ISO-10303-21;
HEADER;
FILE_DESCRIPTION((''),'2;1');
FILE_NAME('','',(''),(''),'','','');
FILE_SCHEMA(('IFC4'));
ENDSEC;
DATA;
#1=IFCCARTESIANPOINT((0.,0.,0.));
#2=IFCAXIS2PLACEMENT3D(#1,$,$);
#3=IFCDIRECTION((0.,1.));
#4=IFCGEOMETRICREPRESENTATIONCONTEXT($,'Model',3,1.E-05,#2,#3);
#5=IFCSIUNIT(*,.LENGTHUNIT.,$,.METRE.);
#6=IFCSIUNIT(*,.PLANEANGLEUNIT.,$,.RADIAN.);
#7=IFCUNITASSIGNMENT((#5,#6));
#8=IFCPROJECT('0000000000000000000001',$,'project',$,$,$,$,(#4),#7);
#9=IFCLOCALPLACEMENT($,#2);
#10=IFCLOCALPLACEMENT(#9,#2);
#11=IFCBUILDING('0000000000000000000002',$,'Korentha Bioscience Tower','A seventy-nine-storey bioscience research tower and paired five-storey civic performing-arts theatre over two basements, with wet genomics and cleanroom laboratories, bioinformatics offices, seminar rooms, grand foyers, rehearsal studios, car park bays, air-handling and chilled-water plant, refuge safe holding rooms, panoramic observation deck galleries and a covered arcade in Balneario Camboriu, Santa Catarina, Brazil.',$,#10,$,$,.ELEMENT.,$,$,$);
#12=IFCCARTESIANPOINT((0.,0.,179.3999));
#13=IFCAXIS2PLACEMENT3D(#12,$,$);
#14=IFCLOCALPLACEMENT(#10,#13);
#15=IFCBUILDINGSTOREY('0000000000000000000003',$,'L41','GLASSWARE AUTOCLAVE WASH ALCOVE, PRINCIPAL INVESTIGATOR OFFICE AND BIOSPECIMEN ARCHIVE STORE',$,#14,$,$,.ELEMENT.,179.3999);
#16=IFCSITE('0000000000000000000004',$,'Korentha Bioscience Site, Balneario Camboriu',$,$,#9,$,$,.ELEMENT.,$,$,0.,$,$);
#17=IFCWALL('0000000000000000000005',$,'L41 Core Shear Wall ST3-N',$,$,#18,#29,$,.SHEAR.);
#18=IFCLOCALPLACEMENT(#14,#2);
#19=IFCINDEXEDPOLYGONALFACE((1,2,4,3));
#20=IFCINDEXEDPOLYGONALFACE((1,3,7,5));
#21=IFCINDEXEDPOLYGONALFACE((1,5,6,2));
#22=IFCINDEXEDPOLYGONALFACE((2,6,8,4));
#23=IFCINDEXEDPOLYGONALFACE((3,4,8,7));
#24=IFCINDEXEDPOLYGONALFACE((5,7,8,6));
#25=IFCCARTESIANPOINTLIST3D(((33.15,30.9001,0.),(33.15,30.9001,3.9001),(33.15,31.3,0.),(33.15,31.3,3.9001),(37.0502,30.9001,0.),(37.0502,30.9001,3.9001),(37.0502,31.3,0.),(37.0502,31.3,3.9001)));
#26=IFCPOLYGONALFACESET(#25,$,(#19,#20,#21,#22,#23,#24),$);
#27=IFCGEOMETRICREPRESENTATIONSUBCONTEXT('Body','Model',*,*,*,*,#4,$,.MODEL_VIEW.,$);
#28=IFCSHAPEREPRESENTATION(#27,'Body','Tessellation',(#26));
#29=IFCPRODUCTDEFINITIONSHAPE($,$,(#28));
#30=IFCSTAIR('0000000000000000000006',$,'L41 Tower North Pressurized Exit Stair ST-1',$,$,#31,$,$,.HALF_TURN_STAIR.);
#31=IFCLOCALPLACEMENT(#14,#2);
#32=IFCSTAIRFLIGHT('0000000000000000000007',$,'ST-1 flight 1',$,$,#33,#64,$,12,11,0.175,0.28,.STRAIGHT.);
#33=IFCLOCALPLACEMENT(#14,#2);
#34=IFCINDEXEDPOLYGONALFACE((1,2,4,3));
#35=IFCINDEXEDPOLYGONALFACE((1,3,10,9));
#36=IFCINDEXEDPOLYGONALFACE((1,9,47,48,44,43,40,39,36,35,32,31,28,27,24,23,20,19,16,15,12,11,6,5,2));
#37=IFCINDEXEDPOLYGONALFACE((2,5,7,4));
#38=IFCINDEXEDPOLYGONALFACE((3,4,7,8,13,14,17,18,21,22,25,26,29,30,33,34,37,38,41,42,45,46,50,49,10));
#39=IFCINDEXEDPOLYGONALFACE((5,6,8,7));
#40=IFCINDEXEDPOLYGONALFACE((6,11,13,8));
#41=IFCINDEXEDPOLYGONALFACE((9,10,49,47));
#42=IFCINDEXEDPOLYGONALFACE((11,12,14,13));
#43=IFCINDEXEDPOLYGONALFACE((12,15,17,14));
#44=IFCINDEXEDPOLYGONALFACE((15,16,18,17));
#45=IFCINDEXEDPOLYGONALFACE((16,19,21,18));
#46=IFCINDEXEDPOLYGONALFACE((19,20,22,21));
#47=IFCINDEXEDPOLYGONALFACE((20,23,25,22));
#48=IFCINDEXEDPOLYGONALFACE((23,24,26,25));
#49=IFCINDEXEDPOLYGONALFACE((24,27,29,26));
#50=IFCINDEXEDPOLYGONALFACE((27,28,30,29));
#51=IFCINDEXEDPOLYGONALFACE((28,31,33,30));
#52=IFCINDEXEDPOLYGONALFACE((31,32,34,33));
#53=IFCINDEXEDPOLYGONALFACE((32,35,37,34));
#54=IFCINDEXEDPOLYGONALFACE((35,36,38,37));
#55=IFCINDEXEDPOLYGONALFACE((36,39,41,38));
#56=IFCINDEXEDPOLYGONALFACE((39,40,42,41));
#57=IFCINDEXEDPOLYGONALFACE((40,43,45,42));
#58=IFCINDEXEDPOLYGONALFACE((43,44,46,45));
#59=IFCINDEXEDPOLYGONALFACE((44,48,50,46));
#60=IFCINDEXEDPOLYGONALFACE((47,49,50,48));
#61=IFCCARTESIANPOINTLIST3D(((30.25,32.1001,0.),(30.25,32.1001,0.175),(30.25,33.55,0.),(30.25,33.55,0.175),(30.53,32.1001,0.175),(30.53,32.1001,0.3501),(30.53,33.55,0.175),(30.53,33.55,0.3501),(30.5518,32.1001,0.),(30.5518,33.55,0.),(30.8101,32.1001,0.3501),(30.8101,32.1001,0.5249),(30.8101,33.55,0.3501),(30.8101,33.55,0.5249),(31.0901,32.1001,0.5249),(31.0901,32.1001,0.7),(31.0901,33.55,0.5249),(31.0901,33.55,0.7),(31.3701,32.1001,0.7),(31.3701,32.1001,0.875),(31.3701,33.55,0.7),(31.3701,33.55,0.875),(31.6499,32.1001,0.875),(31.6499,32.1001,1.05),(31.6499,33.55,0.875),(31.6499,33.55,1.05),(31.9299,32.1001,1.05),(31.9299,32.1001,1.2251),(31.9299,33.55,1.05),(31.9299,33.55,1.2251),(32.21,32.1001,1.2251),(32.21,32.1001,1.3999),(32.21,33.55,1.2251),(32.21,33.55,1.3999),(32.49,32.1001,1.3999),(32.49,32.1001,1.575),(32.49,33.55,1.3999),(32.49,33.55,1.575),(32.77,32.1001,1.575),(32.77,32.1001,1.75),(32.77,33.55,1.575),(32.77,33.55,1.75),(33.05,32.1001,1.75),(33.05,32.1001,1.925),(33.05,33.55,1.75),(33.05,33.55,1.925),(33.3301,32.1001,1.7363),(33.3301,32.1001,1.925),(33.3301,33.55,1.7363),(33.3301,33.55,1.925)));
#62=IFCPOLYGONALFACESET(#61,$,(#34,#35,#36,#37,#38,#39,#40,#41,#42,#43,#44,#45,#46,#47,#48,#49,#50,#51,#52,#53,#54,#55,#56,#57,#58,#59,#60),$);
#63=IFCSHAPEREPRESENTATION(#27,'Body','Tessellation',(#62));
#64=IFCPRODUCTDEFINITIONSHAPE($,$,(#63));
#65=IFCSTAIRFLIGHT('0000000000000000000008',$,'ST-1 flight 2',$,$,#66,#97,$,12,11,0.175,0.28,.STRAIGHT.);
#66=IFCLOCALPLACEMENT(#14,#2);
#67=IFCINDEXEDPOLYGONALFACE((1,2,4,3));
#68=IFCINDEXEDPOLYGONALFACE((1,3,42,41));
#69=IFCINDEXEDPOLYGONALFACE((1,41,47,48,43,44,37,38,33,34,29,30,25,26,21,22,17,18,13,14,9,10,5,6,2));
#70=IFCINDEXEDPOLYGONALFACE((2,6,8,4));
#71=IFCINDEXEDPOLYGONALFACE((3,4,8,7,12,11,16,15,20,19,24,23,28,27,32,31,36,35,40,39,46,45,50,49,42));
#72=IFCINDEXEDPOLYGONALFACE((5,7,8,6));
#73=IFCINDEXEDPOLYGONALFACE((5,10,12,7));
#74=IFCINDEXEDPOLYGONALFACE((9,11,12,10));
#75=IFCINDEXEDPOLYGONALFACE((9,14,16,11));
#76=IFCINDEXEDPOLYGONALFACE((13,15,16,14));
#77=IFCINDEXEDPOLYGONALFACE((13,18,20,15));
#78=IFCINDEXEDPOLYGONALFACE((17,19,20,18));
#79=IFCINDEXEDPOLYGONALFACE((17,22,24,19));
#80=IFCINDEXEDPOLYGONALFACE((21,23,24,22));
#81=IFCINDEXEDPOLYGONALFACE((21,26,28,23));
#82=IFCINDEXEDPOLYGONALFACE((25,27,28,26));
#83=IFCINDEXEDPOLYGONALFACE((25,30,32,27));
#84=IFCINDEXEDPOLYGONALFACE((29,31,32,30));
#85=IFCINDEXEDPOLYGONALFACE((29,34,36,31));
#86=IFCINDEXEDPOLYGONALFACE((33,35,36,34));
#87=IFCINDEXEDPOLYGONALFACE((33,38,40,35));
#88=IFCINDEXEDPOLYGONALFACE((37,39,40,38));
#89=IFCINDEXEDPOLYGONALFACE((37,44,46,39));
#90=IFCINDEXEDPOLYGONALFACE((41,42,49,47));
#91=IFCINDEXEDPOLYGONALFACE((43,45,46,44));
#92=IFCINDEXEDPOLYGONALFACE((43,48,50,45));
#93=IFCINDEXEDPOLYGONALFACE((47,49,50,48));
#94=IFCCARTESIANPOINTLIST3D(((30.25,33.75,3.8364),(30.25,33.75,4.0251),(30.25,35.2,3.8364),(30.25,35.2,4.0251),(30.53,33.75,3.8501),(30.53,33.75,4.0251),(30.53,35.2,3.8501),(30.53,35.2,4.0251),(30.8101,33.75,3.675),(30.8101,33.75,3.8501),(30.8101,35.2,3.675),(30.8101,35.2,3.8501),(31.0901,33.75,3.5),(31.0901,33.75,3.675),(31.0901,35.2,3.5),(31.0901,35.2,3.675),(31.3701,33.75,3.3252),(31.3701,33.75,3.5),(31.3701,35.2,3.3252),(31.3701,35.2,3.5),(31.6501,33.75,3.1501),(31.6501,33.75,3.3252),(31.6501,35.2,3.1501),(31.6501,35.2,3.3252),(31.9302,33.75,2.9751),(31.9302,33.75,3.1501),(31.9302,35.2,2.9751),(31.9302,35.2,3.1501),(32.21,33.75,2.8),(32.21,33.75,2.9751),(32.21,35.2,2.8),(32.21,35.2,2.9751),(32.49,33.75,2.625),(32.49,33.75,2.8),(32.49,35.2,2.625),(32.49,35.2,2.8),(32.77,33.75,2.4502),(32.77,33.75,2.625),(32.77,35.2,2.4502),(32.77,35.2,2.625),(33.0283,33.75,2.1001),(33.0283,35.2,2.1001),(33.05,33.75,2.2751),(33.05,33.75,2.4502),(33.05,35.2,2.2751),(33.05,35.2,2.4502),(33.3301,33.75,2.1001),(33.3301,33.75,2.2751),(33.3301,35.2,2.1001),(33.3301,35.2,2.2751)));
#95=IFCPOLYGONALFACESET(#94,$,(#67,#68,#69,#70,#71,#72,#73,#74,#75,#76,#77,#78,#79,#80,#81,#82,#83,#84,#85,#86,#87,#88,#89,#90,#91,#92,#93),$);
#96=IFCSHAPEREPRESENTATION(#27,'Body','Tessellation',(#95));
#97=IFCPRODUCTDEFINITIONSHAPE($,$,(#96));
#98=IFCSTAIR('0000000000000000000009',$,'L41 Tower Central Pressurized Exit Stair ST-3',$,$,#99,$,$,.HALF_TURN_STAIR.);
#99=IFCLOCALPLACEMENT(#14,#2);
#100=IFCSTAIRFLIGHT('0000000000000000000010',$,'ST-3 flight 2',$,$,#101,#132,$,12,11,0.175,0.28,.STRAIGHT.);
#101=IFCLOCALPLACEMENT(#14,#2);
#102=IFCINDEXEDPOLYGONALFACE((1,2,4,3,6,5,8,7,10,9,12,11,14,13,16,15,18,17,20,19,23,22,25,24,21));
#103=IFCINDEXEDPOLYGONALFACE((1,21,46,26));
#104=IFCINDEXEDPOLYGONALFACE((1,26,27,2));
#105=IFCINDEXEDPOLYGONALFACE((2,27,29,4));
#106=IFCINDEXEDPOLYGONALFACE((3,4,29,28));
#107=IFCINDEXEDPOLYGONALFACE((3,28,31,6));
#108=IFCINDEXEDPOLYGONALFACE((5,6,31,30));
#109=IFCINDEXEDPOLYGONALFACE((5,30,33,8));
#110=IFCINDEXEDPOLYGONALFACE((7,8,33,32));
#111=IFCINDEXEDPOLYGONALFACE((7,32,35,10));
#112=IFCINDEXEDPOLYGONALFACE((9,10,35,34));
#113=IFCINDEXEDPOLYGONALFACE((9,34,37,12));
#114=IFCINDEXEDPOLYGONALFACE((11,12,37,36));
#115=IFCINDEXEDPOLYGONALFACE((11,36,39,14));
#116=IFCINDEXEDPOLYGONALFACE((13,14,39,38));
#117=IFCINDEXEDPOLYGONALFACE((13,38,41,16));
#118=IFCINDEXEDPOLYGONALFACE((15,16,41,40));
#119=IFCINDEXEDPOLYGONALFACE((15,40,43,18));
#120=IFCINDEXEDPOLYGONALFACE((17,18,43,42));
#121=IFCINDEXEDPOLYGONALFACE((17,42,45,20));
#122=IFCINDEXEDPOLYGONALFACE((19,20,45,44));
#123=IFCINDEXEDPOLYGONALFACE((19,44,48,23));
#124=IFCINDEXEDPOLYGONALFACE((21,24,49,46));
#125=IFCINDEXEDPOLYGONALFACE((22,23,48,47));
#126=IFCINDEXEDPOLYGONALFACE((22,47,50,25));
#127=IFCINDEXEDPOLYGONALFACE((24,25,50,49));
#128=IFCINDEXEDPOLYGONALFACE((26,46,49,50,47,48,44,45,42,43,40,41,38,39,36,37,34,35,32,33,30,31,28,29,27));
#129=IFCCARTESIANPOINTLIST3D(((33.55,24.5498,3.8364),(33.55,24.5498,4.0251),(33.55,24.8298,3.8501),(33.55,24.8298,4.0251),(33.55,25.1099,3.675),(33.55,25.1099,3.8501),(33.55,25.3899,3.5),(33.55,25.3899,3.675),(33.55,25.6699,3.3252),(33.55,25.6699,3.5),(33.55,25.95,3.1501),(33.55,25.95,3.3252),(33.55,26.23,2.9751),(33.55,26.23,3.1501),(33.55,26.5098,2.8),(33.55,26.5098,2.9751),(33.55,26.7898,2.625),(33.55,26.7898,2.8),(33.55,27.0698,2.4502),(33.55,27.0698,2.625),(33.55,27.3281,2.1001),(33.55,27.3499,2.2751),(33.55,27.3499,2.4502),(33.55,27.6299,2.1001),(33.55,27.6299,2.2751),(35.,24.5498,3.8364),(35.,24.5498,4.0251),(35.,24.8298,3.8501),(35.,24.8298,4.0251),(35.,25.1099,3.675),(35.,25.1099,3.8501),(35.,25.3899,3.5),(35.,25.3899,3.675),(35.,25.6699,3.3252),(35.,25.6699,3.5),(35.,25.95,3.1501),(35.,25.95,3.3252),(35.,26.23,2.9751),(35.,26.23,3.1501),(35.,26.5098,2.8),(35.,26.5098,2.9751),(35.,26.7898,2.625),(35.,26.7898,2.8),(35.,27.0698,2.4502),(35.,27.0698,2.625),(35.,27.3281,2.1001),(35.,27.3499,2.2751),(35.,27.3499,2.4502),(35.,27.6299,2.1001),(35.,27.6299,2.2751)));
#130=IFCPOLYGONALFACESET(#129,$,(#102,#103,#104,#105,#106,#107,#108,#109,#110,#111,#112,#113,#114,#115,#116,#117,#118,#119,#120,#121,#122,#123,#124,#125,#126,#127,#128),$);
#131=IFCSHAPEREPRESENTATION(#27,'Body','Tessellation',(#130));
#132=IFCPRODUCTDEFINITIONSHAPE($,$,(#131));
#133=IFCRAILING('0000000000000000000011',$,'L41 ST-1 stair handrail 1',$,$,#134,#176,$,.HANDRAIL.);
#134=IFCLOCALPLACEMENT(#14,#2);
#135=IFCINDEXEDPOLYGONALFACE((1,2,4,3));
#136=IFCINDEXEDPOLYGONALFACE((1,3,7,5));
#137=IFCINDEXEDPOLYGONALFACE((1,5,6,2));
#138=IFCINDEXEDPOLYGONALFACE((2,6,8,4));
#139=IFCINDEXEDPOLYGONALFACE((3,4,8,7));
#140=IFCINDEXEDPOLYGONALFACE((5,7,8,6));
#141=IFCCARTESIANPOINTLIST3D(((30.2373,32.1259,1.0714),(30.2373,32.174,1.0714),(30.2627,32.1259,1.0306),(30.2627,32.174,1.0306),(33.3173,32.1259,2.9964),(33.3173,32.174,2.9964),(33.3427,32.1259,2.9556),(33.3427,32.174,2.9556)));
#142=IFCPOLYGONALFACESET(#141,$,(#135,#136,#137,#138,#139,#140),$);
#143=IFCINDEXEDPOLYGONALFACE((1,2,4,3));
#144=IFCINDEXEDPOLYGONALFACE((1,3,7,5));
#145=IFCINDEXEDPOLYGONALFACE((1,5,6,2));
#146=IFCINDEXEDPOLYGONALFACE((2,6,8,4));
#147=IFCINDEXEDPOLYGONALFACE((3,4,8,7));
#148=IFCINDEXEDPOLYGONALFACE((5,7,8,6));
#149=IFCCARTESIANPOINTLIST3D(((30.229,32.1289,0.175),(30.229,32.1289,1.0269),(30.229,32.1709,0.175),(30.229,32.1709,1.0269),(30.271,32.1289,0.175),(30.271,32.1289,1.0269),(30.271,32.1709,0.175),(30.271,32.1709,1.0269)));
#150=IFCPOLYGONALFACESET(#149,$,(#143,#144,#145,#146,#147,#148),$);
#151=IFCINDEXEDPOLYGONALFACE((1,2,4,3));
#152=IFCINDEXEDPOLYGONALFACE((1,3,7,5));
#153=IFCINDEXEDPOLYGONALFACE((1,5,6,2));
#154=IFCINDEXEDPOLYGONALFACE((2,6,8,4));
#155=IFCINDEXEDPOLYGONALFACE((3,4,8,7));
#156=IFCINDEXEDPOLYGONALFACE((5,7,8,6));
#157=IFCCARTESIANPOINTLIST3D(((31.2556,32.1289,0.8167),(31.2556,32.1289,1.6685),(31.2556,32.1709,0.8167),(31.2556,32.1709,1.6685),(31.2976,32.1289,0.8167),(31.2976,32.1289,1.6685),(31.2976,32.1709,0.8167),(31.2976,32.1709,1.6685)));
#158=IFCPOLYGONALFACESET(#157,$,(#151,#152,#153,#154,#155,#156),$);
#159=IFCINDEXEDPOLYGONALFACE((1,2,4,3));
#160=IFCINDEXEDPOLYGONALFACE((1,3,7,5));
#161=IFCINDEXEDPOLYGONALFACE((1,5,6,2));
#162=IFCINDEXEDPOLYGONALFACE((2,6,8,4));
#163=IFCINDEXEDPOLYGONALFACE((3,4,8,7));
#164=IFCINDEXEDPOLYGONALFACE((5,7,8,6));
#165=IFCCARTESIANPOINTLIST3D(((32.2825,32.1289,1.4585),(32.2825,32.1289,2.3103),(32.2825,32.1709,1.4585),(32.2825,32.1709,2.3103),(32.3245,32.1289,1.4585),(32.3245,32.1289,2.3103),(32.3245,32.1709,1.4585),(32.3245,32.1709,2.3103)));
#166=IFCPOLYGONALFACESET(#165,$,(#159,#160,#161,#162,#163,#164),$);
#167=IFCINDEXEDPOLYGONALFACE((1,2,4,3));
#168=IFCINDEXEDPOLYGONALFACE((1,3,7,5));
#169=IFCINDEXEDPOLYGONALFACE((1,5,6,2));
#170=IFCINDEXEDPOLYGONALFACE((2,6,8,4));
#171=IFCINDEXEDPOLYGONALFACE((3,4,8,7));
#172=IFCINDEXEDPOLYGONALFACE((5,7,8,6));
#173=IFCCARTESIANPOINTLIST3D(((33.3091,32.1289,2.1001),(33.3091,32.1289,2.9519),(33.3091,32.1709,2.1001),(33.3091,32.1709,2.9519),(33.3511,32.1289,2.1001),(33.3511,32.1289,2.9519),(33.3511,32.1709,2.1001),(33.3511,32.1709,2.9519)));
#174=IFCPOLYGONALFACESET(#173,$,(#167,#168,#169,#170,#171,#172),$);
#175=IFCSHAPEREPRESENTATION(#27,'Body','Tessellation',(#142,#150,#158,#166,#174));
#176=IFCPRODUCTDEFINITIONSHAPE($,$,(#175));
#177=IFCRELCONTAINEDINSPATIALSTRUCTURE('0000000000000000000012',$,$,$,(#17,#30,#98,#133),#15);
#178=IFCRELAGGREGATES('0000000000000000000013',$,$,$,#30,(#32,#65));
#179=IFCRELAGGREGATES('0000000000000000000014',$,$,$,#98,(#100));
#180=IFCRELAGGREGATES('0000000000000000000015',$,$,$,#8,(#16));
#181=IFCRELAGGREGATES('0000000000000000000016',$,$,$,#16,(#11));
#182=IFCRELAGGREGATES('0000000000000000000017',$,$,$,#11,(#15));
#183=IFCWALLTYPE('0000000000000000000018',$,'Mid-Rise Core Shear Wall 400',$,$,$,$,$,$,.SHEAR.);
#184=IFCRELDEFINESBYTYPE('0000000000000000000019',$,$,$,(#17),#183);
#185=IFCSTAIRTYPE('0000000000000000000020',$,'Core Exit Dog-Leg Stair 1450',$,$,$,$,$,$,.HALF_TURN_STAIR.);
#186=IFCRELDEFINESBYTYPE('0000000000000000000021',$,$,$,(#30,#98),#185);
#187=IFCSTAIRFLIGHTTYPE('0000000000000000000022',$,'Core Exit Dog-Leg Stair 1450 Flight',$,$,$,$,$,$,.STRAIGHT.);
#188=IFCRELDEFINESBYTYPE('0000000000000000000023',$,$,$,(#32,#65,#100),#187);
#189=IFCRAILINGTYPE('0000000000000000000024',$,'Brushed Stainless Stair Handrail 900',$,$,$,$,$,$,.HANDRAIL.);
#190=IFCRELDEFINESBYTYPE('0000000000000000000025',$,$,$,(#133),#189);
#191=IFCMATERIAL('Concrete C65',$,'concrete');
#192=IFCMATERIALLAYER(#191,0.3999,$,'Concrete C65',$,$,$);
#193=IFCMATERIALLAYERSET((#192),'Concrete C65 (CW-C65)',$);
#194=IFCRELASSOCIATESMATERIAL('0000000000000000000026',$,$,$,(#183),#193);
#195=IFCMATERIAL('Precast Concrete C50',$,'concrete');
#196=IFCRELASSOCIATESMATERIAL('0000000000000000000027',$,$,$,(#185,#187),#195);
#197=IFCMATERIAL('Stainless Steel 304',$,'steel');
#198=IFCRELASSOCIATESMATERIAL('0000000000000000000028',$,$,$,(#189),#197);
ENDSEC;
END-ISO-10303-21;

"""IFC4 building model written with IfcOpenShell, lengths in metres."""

from ifc_helpers import new_model, si_unit, direction, frame, frame_2d, origin, origin_2d, place, context, subcontext, project, spatial, polyline, rectangle, outline, extrude, material, layer, layer_set, type_object, element, aggregate, save


model = new_model("IFC4")

# Units and contexts
model_context = context("Model", 3, precision=1e-05, world=origin(), true_north=direction((0.0, 1.0)))
body_context = subcontext(model_context, "Body", "Model", "MODEL_VIEW")
ifc_project = project(units=[si_unit("LENGTHUNIT", "METRE"), si_unit("PLANEANGLEUNIT", "RADIAN")], contexts=[model_context])

# Site, building, storey
site_placement = place(None, origin())
site = spatial("IfcSite", under=ifc_project, at=site_placement, Name="Korentha Bioscience Site, Balneario Camboriu", CompositionType="ELEMENT", RefElevation=0.0)
building_placement = place(site_placement, origin())
building = spatial("IfcBuilding", under=site, at=building_placement, Name="Korentha Bioscience Tower", Description="A seventy-nine-storey bioscience research tower and paired five-storey civic performing-arts theatre over two basements, with wet genomics and cleanroom laboratories, bioinformatics offices, seminar rooms, grand foyers, rehearsal studios, car park bays, air-handling and chilled-water plant, refuge safe holding rooms, panoramic observation deck galleries and a covered arcade in Balneario Camboriu, Santa Catarina, Brazil.", CompositionType="ELEMENT")
storey_placement = place(building_placement, frame((0.0, 0.0, 179.3999)))
storey = spatial("IfcBuildingStorey", under=building, at=storey_placement, Name="L41", Description="GLASSWARE AUTOCLAVE WASH ALCOVE, PRINCIPAL INVESTIGATOR OFFICE AND BIOSPECIMEN ARCHIVE STORE", CompositionType="ELEMENT", Elevation=179.3999)

# Shared definitions
ifc_material_1 = material(Name="Concrete C65", Category="concrete")

# Wall
ifc_layer_1 = layer(ifc_material_1, 0.3999, Name="Concrete C65")
ifc_layer_set_1 = layer_set([ifc_layer_1], Name="Concrete C65 (CW-C65)")
wall_type_1 = type_object("IfcWallType", Name="Mid-Rise Core Shear Wall 400", PredefinedType="SHEAR", material=ifc_layer_set_1)
wall_1_placement = place(storey_placement, frame((33.1499, 31.1001, 0.0), z_axis=(0.0, 0.0, 1.0), x_axis=(1.0, 0.0, 0.0)))
element("IfcWall", 1, at=wall_1_placement, inside=storey, type_object=wall_type_1, Name="L41 Core Shear Wall ST3-N", PredefinedType="SHEAR", context=body_context, shape_type="SweptSolid", body=[
    extrude(rectangle(XDim=3.9001, YDim=0.3999, at=frame_2d((1.9502, 0.0))), origin(), (0.0, 0.0, 1.0), 3.9001),
])

# Stair, stair flights
ifc_material_2 = material(Name="Precast Concrete C50", Category="concrete")
stair_type = type_object("IfcStairType", Name="Core Exit Dog-Leg Stair 1450", PredefinedType="HALF_TURN_STAIR", material=ifc_material_2)
stair_1_placement = place(storey_placement, origin())
stair_1 = element("IfcStair", 2, at=stair_1_placement, inside=storey, type_object=stair_type, Name="L41 Tower North Pressurized Exit Stair ST-1", PredefinedType="HALF_TURN_STAIR")
stair_flight_type = type_object("IfcStairFlightType", Name="Core Exit Dog-Leg Stair 1450 Flight", PredefinedType="STRAIGHT", material=ifc_material_2)
stair_flight_1_placement = place(storey_placement, frame((30.25, 32.825, 0.0), z_axis=(0.0, 0.0, 1.0), x_axis=(1.0, 0.0, 0.0)))
stair_flight_1 = element("IfcStairFlight", 3, at=stair_flight_1_placement, type_object=stair_flight_type, Name="ST-1 flight 1", NumberOfRisers=12, NumberOfTreads=11, PredefinedType="STRAIGHT", RiserHeight=0.175, TreadLength=0.28, context=body_context, shape_type="SweptSolid", body=[
    extrude(outline(polyline([(0.0, 0.0), (0.0, 0.175), (0.28, 0.175), (0.28, 0.3501), (0.5601, 0.3501), (0.5601, 0.5249), (0.8401, 0.5249), (0.8401, 0.7), (1.1201, 0.7), (1.1201, 0.875), (1.3999, 0.875), (1.3999, 1.05), (1.6799, 1.05), (1.6799, 1.2251), (1.96, 1.2251), (1.96, 1.3999), (2.24, 1.3999), (2.24, 1.575), (2.52, 1.575), (2.52, 1.75), (2.8, 1.75), (2.8, 1.925), (3.0801, 1.925), (3.0801, 2.1001), (3.0801, 1.7363), (0.3018, 0.0), (0.0, 0.0)])), frame((0.0, 0.7251, 0.0), z_axis=(0.0, -1.0, 0.0), x_axis=(1.0, 0.0, 0.0)), (0.0, 0.0, 1.0), 1.45),
])
stair_flight_2_placement = place(storey_placement, frame((33.3301, 34.4751, 2.1001), z_axis=(0.0, 0.0, 1.0), x_axis=(-1.0, 0.0, 0.0)))
stair_flight_2 = element("IfcStairFlight", 4, at=stair_flight_2_placement, type_object=stair_flight_type, Name="ST-1 flight 2", NumberOfRisers=12, NumberOfTreads=11, PredefinedType="STRAIGHT", RiserHeight=0.175, TreadLength=0.28, context=body_context, shape_type="SweptSolid", body=[
    extrude(outline(polyline([(0.0, 0.0), (0.0, 0.175), (0.28, 0.175), (0.28, 0.3501), (0.5601, 0.3501), (0.5601, 0.5249), (0.8401, 0.5249), (0.8401, 0.7), (1.1201, 0.7), (1.1201, 0.875), (1.3999, 0.875), (1.3999, 1.05), (1.6799, 1.05), (1.6799, 1.2251), (1.96, 1.2251), (1.96, 1.3999), (2.24, 1.3999), (2.24, 1.575), (2.52, 1.575), (2.52, 1.75), (2.8, 1.75), (2.8, 1.925), (3.0801, 1.925), (3.0801, 2.1001), (3.0801, 1.7363), (0.3018, 0.0), (0.0, 0.0)])), frame((0.0, 0.7251, 0.0), z_axis=(0.0, -1.0, 0.0), x_axis=(1.0, 0.0, 0.0)), (0.0, 0.0, 1.0), 1.45),
])
aggregate(stair_1, [stair_flight_1, stair_flight_2])

# Stair, stair flight
stair_2_placement = place(storey_placement, origin())
stair_2 = element("IfcStair", 5, at=stair_2_placement, inside=storey, type_object=stair_type, Name="L41 Tower Central Pressurized Exit Stair ST-3", PredefinedType="HALF_TURN_STAIR")
stair_flight_3_placement = place(storey_placement, frame((34.2749, 27.6299, 2.1001), z_axis=(0.0, 0.0, 1.0), x_axis=(0.0, -1.0, 0.0)))
stair_flight_3 = element("IfcStairFlight", 6, at=stair_flight_3_placement, type_object=stair_flight_type, Name="ST-3 flight 2", NumberOfRisers=12, NumberOfTreads=11, PredefinedType="STRAIGHT", RiserHeight=0.175, TreadLength=0.28, context=body_context, shape_type="SweptSolid", body=[
    extrude(outline(polyline([(0.0, 0.0), (0.0, 0.175), (0.28, 0.175), (0.28, 0.3501), (0.5601, 0.3501), (0.5601, 0.5249), (0.8401, 0.5249), (0.8401, 0.7), (1.1201, 0.7), (1.1201, 0.875), (1.3999, 0.875), (1.3999, 1.05), (1.6799, 1.05), (1.6799, 1.2251), (1.96, 1.2251), (1.96, 1.3999), (2.24, 1.3999), (2.24, 1.575), (2.52, 1.575), (2.52, 1.75), (2.8, 1.75), (2.8, 1.925), (3.0801, 1.925), (3.0801, 2.1001), (3.0801, 1.7363), (0.3018, 0.0), (0.0, 0.0)])), frame((0.0, 0.7251, 0.0), z_axis=(0.0, -1.0, 0.0), x_axis=(1.0, 0.0, 0.0)), (0.0, 0.0, 1.0), 1.45),
])
aggregate(stair_2, [stair_flight_3])

# Railing
ifc_material_3 = material(Name="Stainless Steel 304", Category="steel")
railing_type_1 = type_object("IfcRailingType", Name="Brushed Stainless Stair Handrail 900", PredefinedType="HANDRAIL", material=ifc_material_3)
railing_1_placement = place(storey_placement, frame((30.25, 32.1499, 0.175)))
element("IfcRailing", 7, at=railing_1_placement, inside=storey, type_object=railing_type_1, Name="L41 ST-1 stair handrail 1", PredefinedType="HANDRAIL", context=body_context, shape_type="SweptSolid", body=[
    extrude(rectangle(XDim=0.0481, YDim=0.0481, at=origin_2d()), frame((0.0, 0.0, 0.876), z_axis=(0.847998, 0.0, 0.529999), x_axis=(0.0, 1.0, 0.0)), (0.0, 0.0, 1.0), 3.6321),
    extrude(rectangle(XDim=0.042, YDim=0.042, at=origin_2d()), origin(), (0.0, 0.0, 1.0), 0.8518),
    extrude(rectangle(XDim=0.042, YDim=0.042, at=origin_2d()), frame((1.0266, 0.0, 0.6416)), (0.0, 0.0, 1.0), 0.8518),
    extrude(rectangle(XDim=0.042, YDim=0.042, at=origin_2d()), frame((2.0535, 0.0, 1.2834)), (0.0, 0.0, 1.0), 0.8518),
    extrude(rectangle(XDim=0.042, YDim=0.042, at=origin_2d()), frame((3.0801, 0.0, 1.925)), (0.0, 0.0, 1.0), 0.8518),
])

save(model, "model.ifc")
